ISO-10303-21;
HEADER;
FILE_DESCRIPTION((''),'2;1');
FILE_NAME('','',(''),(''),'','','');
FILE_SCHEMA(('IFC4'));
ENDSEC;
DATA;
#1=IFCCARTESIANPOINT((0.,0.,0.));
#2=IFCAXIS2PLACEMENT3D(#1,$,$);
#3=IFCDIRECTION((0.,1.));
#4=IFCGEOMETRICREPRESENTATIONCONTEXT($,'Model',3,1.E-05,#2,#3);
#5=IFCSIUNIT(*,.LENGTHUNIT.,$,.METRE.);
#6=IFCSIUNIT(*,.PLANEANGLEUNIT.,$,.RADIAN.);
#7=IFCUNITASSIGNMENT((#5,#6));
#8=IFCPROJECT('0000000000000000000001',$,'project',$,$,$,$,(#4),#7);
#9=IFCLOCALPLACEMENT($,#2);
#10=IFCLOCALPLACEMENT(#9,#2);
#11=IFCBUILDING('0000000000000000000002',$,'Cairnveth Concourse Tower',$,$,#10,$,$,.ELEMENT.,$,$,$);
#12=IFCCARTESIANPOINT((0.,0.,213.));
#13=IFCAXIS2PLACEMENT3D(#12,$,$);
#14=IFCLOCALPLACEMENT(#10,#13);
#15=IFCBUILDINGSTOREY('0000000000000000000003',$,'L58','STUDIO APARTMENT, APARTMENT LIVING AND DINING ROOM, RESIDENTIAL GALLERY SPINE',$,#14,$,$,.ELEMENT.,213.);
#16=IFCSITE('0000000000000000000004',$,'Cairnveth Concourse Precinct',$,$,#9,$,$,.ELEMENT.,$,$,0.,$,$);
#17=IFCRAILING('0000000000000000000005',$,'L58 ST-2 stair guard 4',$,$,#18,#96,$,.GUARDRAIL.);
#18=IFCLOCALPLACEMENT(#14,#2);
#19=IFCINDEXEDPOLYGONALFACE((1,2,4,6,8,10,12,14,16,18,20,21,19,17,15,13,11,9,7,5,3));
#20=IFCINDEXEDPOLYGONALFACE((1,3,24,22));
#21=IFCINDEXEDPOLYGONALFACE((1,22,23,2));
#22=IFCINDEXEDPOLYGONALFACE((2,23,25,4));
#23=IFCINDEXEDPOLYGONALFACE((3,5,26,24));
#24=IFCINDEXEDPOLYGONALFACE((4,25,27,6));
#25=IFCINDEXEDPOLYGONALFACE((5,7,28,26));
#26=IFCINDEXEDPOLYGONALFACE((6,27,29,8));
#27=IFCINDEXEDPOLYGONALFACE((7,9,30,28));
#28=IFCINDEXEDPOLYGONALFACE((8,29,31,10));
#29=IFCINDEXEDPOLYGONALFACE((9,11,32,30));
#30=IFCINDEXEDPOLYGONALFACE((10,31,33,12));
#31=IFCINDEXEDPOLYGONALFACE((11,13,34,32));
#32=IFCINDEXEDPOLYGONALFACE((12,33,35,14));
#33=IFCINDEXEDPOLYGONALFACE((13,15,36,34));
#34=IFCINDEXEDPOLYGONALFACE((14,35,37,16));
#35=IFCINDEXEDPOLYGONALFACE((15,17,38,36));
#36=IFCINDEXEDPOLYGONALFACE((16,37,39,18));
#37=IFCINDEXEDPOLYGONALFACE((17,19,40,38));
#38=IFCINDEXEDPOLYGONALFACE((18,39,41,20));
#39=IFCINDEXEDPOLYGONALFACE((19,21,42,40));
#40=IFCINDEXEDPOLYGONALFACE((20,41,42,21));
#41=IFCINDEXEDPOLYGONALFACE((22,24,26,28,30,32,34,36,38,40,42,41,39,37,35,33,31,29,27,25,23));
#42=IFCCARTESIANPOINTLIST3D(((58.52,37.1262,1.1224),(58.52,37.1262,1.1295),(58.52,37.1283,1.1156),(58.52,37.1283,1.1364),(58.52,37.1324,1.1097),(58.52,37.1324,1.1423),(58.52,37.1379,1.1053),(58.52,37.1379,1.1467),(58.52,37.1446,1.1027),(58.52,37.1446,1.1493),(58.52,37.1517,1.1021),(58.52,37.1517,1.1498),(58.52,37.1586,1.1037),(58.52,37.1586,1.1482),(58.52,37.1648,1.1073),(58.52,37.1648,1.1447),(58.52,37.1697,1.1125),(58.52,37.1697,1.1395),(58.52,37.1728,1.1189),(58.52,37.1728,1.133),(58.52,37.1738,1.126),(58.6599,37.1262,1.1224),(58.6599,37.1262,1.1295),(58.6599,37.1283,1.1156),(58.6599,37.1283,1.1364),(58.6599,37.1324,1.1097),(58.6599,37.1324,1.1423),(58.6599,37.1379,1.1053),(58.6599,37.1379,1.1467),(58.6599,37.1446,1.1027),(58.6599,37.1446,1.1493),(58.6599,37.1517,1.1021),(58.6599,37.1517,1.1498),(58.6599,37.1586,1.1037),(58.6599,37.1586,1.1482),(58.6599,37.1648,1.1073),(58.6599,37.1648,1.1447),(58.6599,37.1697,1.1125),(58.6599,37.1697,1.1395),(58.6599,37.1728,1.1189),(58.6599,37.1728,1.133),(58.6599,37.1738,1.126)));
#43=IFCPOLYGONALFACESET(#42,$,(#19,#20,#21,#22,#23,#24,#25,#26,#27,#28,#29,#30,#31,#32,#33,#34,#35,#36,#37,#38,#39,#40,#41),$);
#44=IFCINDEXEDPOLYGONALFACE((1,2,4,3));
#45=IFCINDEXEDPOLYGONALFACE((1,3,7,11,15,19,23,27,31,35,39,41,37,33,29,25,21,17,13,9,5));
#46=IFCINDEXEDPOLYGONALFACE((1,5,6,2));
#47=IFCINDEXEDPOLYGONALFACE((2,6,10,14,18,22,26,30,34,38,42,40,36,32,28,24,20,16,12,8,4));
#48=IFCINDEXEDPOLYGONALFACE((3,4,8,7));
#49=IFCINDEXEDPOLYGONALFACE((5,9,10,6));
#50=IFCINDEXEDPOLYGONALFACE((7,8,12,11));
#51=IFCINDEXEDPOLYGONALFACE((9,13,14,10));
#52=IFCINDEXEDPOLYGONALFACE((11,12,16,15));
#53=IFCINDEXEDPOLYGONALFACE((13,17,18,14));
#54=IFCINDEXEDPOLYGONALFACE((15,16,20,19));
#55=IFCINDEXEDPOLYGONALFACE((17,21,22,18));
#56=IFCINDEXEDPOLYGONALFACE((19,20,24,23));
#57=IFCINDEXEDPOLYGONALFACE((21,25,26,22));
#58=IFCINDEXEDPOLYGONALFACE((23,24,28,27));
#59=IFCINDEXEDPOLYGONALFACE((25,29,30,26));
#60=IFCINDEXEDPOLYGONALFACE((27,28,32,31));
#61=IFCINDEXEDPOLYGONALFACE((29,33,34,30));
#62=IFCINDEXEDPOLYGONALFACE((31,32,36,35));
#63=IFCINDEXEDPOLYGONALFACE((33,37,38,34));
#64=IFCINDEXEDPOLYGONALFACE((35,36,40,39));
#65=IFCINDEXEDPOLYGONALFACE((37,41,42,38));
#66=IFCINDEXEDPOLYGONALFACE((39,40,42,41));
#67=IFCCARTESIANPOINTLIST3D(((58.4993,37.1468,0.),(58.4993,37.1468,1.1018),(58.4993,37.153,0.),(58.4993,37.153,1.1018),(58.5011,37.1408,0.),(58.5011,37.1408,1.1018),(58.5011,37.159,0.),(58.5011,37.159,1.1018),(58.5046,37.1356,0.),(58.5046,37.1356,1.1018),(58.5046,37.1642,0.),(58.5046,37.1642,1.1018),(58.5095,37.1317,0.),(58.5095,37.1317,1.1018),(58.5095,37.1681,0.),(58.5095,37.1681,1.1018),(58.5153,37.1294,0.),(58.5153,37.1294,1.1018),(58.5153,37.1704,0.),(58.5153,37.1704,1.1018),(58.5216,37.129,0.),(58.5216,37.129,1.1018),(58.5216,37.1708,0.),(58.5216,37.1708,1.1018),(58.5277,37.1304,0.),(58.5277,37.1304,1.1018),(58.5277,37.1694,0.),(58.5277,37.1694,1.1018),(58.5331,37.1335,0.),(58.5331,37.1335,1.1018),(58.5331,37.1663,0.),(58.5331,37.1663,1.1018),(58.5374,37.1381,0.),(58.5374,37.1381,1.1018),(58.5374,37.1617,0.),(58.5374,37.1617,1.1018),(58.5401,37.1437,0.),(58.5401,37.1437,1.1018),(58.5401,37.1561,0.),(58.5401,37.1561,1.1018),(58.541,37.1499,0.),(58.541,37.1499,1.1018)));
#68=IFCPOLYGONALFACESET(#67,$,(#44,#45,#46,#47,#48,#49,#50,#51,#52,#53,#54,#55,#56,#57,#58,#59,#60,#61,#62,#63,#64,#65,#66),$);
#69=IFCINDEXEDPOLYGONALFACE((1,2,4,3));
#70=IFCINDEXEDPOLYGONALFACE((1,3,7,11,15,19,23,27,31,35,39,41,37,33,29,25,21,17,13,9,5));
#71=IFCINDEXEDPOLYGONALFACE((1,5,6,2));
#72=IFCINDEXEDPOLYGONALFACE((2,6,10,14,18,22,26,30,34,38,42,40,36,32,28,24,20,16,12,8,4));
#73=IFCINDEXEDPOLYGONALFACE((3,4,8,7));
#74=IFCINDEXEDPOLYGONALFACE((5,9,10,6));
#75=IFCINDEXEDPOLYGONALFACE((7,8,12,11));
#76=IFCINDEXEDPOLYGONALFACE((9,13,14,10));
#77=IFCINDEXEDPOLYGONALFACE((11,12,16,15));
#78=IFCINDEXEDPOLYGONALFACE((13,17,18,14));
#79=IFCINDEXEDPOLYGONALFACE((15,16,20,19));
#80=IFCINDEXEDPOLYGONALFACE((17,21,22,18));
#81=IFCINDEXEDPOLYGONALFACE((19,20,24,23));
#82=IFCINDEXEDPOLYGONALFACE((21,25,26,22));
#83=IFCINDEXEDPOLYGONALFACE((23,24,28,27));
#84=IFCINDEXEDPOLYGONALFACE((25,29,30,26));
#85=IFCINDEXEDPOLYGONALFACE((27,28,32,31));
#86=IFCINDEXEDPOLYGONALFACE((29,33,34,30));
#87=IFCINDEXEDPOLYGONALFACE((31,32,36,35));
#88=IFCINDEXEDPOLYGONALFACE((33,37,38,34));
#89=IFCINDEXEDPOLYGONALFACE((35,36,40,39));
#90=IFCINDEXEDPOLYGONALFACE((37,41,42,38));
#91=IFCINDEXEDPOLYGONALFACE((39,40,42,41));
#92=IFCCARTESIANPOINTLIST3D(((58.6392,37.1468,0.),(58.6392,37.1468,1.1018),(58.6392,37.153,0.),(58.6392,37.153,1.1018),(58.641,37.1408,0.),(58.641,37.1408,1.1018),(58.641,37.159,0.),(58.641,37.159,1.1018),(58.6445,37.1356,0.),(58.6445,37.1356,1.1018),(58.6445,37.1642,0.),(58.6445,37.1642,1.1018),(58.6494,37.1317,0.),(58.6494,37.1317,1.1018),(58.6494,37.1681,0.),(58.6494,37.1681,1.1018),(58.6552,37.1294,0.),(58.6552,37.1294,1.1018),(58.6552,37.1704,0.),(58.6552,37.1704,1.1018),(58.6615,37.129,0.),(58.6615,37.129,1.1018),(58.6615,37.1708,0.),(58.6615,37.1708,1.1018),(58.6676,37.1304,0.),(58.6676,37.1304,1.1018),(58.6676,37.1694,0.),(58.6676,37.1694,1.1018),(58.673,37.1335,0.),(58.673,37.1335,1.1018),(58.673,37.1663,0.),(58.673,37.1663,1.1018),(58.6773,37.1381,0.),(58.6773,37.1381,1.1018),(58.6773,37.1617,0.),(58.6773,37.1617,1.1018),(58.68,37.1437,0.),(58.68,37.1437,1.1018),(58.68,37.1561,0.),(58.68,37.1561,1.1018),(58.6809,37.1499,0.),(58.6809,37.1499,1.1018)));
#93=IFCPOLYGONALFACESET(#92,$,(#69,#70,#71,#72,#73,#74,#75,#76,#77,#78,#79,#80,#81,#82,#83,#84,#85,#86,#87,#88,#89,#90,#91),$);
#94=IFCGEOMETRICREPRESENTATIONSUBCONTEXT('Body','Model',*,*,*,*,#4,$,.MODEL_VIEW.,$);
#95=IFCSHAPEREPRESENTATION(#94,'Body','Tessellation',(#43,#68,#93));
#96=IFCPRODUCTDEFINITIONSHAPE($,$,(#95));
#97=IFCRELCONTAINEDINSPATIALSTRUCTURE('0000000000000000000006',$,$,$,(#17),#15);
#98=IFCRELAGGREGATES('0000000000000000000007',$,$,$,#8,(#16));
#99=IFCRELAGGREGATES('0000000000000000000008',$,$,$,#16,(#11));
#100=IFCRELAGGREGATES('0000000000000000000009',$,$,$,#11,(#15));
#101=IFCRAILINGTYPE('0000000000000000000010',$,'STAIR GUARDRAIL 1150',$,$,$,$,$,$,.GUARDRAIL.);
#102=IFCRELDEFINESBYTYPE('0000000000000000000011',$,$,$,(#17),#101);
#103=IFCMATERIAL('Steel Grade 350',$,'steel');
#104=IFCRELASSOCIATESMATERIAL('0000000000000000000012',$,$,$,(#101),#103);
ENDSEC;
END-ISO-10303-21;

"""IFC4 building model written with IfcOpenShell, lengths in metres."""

from ifc_helpers import new_model, si_unit, direction, frame, origin, origin_2d, place, context, subcontext, project, spatial, circle, extrude, material, type_object, element, save


model = new_model("IFC4")

# Units and contexts
model_context = context("Model", 3, precision=1e-05, world=origin(), true_north=direction((0.0, 1.0)))
body_context = subcontext(model_context, "Body", "Model", "MODEL_VIEW")
ifc_project = project(units=[si_unit("LENGTHUNIT", "METRE"), si_unit("PLANEANGLEUNIT", "RADIAN")], contexts=[model_context])

# Site, building, storey
site_placement = place(None, origin())
site = spatial("IfcSite", under=ifc_project, at=site_placement, Name="Cairnveth Concourse Precinct", CompositionType="ELEMENT", RefElevation=0.0)
building_placement = place(site_placement, origin())
building = spatial("IfcBuilding", under=site, at=building_placement, Name="Cairnveth Concourse Tower", CompositionType="ELEMENT")
storey_placement = place(building_placement, frame((0.0, 0.0, 213.0)))
storey = spatial("IfcBuildingStorey", under=building, at=storey_placement, Name="L58", Description="STUDIO APARTMENT, APARTMENT LIVING AND DINING ROOM, RESIDENTIAL GALLERY SPINE", CompositionType="ELEMENT", Elevation=213.0)

# Shared definitions
ifc_material_1 = material(Name="Steel Grade 350", Category="steel")

# Railing
railing_type_1 = type_object("IfcRailingType", Name="STAIR GUARDRAIL 1150", PredefinedType="GUARDRAIL", material=ifc_material_1)
railing_1_placement = place(storey_placement, frame((58.52, 37.1499, 0.0)))
element("IfcRailing", 1, at=railing_1_placement, inside=storey, type_object=railing_type_1, Name="L58 ST-2 stair guard 4", PredefinedType="GUARDRAIL", context=body_context, shape_type="SweptSolid", body=[
    extrude(circle(Radius=0.0239, at=origin_2d()), frame((0.0, 0.0, 1.126), z_axis=(1.0, 0.0, 0.0), x_axis=(0.0, 1.0, 0.0)), (0.0, 0.0, 1.0), 0.1399),
    extrude(circle(Radius=0.021, at=origin_2d()), origin(), (0.0, 0.0, 1.0), 1.1018),
    extrude(circle(Radius=0.021, at=origin_2d()), frame((0.1399, 0.0, 0.0)), (0.0, 0.0, 1.0), 1.1018),
])

save(model, "model.ifc")
